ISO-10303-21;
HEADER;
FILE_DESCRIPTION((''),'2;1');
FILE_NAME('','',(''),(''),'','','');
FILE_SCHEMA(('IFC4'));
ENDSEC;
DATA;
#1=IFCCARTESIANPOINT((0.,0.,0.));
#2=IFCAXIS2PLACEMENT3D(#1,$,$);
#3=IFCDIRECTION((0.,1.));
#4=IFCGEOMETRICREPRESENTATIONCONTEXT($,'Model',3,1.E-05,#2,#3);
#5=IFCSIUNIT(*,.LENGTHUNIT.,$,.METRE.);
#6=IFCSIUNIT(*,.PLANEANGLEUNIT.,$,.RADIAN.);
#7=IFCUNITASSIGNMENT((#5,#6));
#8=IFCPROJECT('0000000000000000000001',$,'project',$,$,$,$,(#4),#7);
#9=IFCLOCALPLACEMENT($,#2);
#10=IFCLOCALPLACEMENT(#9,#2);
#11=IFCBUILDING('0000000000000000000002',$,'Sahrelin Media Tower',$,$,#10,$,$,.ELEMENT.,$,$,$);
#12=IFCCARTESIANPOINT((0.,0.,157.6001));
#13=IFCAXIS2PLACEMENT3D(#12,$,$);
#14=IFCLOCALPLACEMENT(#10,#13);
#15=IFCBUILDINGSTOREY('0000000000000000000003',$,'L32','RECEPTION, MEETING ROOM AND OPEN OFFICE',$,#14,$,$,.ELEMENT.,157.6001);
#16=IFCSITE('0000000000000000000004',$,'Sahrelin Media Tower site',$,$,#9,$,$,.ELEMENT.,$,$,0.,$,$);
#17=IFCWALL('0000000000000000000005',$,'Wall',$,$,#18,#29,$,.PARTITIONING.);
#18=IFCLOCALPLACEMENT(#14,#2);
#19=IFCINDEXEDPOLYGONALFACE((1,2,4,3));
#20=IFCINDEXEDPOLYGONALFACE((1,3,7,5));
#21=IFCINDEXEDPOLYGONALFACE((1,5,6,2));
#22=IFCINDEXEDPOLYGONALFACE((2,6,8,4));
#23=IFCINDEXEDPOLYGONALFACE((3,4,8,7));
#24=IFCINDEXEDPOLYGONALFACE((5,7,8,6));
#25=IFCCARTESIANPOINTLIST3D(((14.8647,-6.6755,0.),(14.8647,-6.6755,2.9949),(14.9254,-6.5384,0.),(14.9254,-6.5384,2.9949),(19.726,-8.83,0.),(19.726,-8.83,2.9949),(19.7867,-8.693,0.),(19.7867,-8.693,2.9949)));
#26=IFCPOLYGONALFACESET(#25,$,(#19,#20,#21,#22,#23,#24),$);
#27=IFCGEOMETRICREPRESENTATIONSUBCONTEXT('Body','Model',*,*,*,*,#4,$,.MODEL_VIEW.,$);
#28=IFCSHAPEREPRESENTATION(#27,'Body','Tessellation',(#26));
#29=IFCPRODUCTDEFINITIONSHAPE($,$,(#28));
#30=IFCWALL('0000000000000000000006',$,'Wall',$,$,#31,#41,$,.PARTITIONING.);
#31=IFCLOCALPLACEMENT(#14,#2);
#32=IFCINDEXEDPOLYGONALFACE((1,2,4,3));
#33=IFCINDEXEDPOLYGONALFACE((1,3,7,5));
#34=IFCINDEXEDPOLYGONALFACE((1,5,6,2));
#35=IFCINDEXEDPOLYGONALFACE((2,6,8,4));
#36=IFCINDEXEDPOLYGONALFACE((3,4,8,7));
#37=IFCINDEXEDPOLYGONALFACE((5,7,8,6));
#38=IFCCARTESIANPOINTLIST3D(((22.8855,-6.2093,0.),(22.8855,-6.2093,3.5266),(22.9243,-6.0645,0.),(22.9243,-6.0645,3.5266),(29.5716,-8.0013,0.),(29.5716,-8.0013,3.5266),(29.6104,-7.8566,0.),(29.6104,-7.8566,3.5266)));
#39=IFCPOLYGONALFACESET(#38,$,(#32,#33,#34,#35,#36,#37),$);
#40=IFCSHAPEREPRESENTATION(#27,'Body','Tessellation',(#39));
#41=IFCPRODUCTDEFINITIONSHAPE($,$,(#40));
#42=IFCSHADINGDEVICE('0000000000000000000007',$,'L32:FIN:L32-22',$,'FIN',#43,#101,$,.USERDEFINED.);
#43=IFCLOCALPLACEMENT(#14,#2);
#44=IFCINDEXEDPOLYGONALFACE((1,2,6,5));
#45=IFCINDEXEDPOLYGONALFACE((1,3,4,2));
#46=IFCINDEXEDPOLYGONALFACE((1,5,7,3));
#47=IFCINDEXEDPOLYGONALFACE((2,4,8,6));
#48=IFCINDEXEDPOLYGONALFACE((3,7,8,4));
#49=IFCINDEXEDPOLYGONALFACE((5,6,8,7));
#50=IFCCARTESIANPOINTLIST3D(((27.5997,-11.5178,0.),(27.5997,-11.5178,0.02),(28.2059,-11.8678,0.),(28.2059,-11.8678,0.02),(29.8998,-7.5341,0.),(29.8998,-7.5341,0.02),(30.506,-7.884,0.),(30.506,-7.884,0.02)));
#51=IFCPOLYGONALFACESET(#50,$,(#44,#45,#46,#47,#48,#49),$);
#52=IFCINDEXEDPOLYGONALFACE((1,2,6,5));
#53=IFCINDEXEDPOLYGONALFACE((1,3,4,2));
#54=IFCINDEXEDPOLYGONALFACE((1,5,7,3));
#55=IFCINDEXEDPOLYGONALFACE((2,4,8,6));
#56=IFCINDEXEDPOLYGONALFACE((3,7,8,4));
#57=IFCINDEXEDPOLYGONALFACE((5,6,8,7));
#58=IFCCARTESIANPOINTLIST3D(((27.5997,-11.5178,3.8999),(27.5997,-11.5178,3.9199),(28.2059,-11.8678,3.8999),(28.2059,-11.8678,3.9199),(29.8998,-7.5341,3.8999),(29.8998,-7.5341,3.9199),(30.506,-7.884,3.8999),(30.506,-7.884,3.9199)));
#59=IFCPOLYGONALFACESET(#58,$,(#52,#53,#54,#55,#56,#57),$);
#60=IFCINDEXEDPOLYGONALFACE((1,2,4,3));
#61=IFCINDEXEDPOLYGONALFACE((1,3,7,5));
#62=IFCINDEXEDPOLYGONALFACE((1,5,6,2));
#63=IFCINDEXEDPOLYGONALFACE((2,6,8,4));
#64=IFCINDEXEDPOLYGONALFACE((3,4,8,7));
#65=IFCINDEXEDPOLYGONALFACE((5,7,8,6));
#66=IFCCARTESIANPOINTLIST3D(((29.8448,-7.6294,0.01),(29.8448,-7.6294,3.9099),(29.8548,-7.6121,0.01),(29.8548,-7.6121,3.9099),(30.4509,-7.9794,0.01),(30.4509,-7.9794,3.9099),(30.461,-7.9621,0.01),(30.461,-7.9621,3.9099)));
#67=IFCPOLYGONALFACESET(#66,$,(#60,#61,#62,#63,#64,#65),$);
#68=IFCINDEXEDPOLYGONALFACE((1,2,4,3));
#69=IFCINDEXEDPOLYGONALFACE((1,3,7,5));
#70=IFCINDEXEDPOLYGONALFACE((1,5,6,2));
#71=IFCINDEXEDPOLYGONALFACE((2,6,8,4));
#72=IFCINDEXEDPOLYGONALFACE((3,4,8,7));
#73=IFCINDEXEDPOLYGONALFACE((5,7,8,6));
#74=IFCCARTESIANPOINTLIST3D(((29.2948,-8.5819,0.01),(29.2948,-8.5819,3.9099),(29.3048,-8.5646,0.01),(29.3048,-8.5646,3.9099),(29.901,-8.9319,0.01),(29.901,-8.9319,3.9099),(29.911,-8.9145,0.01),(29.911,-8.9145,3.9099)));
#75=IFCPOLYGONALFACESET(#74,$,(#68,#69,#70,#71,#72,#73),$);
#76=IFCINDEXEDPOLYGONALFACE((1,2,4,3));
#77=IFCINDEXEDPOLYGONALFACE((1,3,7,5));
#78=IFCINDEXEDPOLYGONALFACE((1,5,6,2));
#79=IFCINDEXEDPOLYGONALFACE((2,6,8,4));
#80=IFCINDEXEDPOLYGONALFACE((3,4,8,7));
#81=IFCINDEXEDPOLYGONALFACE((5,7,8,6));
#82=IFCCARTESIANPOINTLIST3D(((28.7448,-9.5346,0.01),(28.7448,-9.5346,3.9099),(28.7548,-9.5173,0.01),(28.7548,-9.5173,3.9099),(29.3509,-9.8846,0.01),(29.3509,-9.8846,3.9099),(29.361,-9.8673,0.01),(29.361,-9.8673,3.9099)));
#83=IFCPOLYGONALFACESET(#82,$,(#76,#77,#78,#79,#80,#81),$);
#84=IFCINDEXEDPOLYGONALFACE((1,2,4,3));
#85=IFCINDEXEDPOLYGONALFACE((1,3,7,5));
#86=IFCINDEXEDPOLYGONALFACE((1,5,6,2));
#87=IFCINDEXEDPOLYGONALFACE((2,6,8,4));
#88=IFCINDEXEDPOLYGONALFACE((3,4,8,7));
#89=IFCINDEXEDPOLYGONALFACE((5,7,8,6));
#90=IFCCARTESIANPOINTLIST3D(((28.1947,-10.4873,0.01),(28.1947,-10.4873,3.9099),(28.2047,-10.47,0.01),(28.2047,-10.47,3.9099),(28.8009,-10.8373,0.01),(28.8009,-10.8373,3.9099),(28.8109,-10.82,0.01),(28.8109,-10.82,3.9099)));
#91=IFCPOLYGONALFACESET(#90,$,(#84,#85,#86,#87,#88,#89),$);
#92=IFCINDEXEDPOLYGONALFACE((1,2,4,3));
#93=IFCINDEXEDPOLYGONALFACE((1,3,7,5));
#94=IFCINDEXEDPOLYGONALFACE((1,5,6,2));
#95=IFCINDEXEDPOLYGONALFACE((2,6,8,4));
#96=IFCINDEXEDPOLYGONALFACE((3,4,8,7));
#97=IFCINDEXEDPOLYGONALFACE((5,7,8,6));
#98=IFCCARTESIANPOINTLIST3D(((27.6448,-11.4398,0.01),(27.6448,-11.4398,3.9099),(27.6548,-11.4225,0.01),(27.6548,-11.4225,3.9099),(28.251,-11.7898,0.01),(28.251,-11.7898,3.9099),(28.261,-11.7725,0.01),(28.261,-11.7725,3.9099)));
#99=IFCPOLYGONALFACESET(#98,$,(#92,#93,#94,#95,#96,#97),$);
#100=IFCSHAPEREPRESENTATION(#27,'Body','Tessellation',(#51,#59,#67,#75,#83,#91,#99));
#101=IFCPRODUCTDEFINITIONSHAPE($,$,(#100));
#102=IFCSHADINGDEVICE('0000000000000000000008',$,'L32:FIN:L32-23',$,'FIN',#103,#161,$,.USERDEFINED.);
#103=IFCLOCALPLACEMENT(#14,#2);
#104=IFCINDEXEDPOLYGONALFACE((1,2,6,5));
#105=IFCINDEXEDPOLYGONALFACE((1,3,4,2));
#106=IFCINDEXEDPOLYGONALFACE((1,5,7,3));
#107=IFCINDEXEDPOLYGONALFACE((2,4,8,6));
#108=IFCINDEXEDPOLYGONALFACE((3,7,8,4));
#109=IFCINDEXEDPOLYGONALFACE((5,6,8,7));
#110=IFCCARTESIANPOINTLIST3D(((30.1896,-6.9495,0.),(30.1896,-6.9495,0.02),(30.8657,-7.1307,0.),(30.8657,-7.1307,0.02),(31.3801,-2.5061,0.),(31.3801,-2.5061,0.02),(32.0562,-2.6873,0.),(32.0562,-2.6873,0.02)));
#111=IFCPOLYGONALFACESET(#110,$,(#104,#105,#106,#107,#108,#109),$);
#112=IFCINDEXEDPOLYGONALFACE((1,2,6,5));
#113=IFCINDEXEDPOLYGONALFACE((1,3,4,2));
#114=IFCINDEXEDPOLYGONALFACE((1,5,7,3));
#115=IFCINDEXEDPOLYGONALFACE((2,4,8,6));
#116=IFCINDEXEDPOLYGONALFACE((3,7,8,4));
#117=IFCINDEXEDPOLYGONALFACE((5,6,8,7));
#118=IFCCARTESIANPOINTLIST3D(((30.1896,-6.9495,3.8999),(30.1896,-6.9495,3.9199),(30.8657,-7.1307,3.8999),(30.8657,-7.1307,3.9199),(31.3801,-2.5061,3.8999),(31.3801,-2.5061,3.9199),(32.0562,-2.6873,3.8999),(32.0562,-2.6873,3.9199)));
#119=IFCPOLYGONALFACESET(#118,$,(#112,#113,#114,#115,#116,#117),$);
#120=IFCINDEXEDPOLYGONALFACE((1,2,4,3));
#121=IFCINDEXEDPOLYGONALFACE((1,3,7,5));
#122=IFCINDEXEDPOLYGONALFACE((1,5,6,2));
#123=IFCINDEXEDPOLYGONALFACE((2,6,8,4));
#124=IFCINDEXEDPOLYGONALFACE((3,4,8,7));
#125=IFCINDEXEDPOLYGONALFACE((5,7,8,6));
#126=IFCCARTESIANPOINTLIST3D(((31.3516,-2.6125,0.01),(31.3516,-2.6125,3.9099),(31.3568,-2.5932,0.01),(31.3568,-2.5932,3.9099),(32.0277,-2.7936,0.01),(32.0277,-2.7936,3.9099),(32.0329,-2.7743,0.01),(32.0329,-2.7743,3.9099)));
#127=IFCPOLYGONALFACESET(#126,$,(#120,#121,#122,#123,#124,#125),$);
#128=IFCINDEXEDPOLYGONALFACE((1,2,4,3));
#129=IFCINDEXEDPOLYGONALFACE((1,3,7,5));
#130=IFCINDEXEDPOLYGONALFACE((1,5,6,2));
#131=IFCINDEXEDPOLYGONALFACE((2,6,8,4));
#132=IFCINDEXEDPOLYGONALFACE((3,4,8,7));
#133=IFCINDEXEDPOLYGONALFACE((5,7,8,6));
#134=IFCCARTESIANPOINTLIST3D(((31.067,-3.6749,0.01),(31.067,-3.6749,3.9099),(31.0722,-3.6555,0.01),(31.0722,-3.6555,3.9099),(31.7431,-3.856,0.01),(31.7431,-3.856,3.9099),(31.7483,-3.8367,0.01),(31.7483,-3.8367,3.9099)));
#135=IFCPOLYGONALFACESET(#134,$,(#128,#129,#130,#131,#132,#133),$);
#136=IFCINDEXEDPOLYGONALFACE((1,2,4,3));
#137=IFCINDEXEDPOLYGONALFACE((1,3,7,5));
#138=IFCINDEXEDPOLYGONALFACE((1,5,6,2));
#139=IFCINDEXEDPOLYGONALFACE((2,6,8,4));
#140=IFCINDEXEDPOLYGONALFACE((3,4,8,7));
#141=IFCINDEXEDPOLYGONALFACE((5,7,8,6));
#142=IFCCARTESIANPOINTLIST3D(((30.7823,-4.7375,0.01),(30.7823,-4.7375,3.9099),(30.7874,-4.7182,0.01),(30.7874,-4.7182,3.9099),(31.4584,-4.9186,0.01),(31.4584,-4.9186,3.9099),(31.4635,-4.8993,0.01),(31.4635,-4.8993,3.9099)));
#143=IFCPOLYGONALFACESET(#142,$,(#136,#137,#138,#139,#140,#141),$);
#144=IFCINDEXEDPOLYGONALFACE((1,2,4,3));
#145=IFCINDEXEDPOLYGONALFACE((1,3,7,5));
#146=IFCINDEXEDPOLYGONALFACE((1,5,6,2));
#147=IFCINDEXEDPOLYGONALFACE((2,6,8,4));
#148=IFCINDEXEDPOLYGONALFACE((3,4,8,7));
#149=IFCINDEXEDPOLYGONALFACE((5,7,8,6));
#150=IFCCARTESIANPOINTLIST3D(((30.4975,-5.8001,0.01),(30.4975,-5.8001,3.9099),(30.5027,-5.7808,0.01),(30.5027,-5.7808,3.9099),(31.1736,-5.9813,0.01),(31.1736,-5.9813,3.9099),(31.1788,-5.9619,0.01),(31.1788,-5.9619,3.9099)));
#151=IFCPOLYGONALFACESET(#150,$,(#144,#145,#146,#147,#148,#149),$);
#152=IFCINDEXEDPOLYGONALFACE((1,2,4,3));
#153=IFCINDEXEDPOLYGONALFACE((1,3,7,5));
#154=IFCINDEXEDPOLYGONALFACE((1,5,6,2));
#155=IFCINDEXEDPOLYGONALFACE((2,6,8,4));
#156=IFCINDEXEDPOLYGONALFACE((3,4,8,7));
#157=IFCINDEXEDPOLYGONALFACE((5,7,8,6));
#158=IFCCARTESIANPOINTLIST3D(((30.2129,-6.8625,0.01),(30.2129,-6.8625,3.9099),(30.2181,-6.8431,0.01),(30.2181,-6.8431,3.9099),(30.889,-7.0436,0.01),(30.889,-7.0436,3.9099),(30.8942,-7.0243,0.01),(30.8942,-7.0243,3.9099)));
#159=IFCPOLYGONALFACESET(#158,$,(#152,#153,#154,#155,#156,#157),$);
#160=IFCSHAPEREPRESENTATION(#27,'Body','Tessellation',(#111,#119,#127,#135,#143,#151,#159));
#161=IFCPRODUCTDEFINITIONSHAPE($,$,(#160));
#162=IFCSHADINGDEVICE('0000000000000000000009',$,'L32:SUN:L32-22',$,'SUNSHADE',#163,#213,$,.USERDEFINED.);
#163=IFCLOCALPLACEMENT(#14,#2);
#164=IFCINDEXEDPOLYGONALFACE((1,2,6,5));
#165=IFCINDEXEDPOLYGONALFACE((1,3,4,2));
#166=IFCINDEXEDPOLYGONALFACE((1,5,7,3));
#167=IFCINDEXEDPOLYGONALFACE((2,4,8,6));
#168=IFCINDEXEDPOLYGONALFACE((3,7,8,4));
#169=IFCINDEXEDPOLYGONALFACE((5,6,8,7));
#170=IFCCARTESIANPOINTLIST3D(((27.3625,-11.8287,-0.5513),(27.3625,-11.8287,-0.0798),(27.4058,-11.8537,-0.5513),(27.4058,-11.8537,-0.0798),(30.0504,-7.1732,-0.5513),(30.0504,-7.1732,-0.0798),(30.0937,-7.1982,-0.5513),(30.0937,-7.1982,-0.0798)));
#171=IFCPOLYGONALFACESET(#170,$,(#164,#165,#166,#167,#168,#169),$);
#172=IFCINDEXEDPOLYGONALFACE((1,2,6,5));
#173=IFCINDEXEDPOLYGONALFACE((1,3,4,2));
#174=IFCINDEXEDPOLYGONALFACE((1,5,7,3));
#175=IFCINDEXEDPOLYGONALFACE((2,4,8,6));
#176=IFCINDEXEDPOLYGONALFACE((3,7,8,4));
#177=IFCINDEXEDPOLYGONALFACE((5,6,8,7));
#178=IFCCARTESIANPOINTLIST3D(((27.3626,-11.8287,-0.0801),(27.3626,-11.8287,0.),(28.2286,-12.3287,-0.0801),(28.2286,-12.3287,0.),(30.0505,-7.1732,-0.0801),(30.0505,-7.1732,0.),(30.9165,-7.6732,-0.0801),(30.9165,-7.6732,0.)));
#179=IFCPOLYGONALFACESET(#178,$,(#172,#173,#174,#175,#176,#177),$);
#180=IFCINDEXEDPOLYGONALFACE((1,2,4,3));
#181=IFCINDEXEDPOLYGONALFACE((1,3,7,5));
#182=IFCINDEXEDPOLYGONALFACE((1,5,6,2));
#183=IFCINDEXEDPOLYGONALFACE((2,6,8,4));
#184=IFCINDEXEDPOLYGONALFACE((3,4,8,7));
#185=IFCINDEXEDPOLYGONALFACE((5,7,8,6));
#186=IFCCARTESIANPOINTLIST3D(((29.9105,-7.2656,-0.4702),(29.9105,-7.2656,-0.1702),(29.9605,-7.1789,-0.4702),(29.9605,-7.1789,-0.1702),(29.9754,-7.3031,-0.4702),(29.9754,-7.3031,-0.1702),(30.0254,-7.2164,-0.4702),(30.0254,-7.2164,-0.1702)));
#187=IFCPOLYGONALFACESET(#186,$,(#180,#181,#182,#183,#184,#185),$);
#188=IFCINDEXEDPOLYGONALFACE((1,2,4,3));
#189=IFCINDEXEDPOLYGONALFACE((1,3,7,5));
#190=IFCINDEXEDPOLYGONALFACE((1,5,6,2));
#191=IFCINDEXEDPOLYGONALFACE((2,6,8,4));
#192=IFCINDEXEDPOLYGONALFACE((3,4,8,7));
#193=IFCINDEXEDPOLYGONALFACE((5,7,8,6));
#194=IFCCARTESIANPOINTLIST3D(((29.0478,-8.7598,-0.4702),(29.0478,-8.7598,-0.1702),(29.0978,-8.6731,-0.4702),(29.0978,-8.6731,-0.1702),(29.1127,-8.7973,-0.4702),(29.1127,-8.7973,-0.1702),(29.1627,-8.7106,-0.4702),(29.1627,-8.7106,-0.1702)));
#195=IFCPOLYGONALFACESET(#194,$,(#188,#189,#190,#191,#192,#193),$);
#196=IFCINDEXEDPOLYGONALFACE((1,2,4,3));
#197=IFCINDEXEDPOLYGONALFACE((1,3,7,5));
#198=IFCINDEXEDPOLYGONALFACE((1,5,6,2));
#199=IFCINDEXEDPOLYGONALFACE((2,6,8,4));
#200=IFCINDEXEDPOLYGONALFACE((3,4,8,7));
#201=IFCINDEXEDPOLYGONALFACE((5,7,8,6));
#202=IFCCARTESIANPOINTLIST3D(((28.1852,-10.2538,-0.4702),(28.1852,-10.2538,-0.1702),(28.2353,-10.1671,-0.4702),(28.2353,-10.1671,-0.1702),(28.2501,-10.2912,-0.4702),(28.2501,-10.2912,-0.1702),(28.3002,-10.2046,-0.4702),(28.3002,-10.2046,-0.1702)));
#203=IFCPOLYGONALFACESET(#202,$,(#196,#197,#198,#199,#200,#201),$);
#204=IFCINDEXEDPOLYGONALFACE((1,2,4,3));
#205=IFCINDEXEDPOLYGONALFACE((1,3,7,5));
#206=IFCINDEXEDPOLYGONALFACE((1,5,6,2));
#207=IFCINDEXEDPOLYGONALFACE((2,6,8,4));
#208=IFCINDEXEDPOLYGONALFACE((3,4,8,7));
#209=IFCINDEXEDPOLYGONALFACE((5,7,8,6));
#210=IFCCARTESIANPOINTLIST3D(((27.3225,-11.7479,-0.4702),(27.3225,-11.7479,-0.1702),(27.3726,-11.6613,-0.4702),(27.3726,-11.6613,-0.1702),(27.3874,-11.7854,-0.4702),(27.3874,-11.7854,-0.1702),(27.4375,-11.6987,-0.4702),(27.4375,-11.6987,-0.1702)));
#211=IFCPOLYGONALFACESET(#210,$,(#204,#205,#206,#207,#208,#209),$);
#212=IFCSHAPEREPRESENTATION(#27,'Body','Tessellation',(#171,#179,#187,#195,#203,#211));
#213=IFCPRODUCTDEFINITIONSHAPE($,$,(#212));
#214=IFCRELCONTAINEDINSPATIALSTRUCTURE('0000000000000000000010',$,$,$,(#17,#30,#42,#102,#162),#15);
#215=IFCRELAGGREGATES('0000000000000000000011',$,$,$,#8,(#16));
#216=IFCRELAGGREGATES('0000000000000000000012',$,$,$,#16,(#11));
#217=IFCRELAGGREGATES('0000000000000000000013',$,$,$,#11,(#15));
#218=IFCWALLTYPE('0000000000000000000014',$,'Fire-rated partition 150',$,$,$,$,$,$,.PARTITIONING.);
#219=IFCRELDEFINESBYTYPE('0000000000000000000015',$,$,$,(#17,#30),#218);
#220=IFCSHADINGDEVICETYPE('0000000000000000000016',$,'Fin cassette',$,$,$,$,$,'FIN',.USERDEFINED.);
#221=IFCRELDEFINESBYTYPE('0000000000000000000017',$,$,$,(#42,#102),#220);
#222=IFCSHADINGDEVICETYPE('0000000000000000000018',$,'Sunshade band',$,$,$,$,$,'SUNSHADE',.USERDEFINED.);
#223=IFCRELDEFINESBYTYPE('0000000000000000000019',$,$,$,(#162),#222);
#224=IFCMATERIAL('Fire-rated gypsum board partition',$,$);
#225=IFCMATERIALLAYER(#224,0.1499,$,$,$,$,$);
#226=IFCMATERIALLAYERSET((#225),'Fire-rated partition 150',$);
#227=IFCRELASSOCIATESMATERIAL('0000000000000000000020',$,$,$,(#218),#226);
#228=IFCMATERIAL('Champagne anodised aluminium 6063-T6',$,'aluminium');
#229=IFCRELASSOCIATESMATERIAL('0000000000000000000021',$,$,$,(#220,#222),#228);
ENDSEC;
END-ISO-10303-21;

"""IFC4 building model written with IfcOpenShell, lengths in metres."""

from ifc_helpers import new_model, si_unit, direction, frame, frame_2d, origin, origin_2d, place, context, subcontext, project, spatial, rectangle, extrude, material, layer, layer_set, type_object, element, save


model = new_model("IFC4")

# Units and contexts
model_context = context("Model", 3, precision=1e-05, world=origin(), true_north=direction((0.0, 1.0)))
body_context = subcontext(model_context, "Body", "Model", "MODEL_VIEW")
ifc_project = project(units=[si_unit("LENGTHUNIT", "METRE"), si_unit("PLANEANGLEUNIT", "RADIAN")], contexts=[model_context])

# Site, building, storey
site_placement = place(None, origin())
site = spatial("IfcSite", under=ifc_project, at=site_placement, Name="Sahrelin Media Tower site", CompositionType="ELEMENT", RefElevation=0.0)
building_placement = place(site_placement, origin())
building = spatial("IfcBuilding", under=site, at=building_placement, Name="Sahrelin Media Tower", CompositionType="ELEMENT")
storey_placement = place(building_placement, frame((0.0, 0.0, 157.6001)))
storey = spatial("IfcBuildingStorey", under=building, at=storey_placement, Name="L32", Description="RECEPTION, MEETING ROOM AND OPEN OFFICE", CompositionType="ELEMENT", Elevation=157.6001)

# Shared definitions
ifc_material_1 = material(Name="Champagne anodised aluminium 6063-T6", Category="aluminium")

# Walls
ifc_material_2 = material(Name="Fire-rated gypsum board partition")
ifc_layer_1 = layer(ifc_material_2, 0.1499)
ifc_layer_set_1 = layer_set([ifc_layer_1], Name="Fire-rated partition 150")
wall_type_1 = type_object("IfcWallType", Name="Fire-rated partition 150", PredefinedType="PARTITIONING", material=ifc_layer_set_1)
wall_1_placement = place(storey_placement, frame((14.895, -6.6069, 0.0), z_axis=(0.0, 0.0, 1.0), x_axis=(0.914233, -0.405188, 0.0)))
element("IfcWall", 1, at=wall_1_placement, inside=storey, type_object=wall_type_1, Name="Wall", PredefinedType="PARTITIONING", context=body_context, shape_type="SweptSolid", body=[
    extrude(rectangle(XDim=5.3174, YDim=0.1499, at=frame_2d((2.6587, 0.0))), origin(), (0.0, 0.0, 1.0), 2.9949),
])
wall_2_placement = place(storey_placement, frame((22.905, -6.137, 0.0), z_axis=(0.0, 0.0, 1.0), x_axis=(0.965909, -0.258883, 0.0)))
element("IfcWall", 2, at=wall_2_placement, inside=storey, type_object=wall_type_1, Name="Wall", PredefinedType="PARTITIONING", context=body_context, shape_type="SweptSolid", body=[
    extrude(rectangle(XDim=6.9221, YDim=0.1499, at=frame_2d((3.4609, 0.0))), origin(), (0.0, 0.0, 1.0), 3.5266),
])

# Shading devices
shading_device_type_1 = type_object("IfcShadingDeviceType", Name="Fin cassette", ElementType="FIN", PredefinedType="USERDEFINED", material=ifc_material_1)
placement_1 = place(storey_placement, frame((28.6892, -9.491, 0.0), z_axis=(0.0, 0.0, 1.0), x_axis=(-0.500011, -0.866019, 0.0)))
element("IfcShadingDevice", 3, at=placement_1, inside=storey, type_object=shading_device_type_1, Name="L32:FIN:L32-22", ObjectType="FIN", PredefinedType="USERDEFINED", context=body_context, shape_type="SweptSolid", body=[
    extrude(rectangle(XDim=4.6001, YDim=0.7, at=origin_2d()), frame((0.0, 0.4199, 0.0)), (0.0, 0.0, 1.0), 0.02),
    extrude(rectangle(XDim=4.6001, YDim=0.7, at=origin_2d()), frame((0.0, 0.4199, 3.8999)), (0.0, 0.0, 1.0), 0.02),
    extrude(rectangle(XDim=0.02, YDim=0.7, at=origin_2d()), frame((-2.2, 0.4199, 0.01), z_axis=(0.0, 0.0, 1.0), x_axis=(1.0, 0.0, 0.0)), (0.0, 0.0, 1.0), 3.8999),
    extrude(rectangle(XDim=0.02, YDim=0.7, at=origin_2d()), frame((-1.1001, 0.4199, 0.01), z_axis=(0.0, 0.0, 1.0), x_axis=(1.0, 0.0, 0.0)), (0.0, 0.0, 1.0), 3.8999),
    extrude(rectangle(XDim=0.02, YDim=0.7, at=origin_2d()), frame((0.0, 0.4199, 0.01), z_axis=(0.0, 0.0, 1.0), x_axis=(1.0, 0.0, 0.0)), (0.0, 0.0, 1.0), 3.8999),
    extrude(rectangle(XDim=0.02, YDim=0.7, at=origin_2d()), frame((1.1001, 0.4199, 0.01), z_axis=(0.0, 0.0, 1.0), x_axis=(1.0, 0.0, 0.0)), (0.0, 0.0, 1.0), 3.8999),
    extrude(rectangle(XDim=0.02, YDim=0.7, at=origin_2d()), frame((2.2, 0.4199, 0.01), z_axis=(0.0, 0.0, 1.0), x_axis=(1.0, 0.0, 0.0)), (0.0, 0.0, 1.0), 3.8999),
])
placement_2 = place(storey_placement, frame((30.7173, -4.7097, 0.0), z_axis=(0.0, 0.0, 1.0), x_axis=(-0.258808, -0.965929, 0.0)))
element("IfcShadingDevice", 4, at=placement_2, inside=storey, type_object=shading_device_type_1, Name="L32:FIN:L32-23", ObjectType="FIN", PredefinedType="USERDEFINED", context=body_context, shape_type="SweptSolid", body=[
    extrude(rectangle(XDim=4.6001, YDim=0.7, at=origin_2d()), frame((0.0, 0.4199, 0.0)), (0.0, 0.0, 1.0), 0.02),
    extrude(rectangle(XDim=4.6001, YDim=0.7, at=origin_2d()), frame((0.0, 0.4199, 3.8999)), (0.0, 0.0, 1.0), 0.02),
    extrude(rectangle(XDim=0.02, YDim=0.7, at=origin_2d()), frame((-2.2, 0.4199, 0.01), z_axis=(0.0, 0.0, 1.0), x_axis=(1.0, 0.0, 0.0)), (0.0, 0.0, 1.0), 3.8999),
    extrude(rectangle(XDim=0.02, YDim=0.7, at=origin_2d()), frame((-1.1001, 0.4199, 0.01), z_axis=(0.0, 0.0, 1.0), x_axis=(1.0, 0.0, 0.0)), (0.0, 0.0, 1.0), 3.8999),
    extrude(rectangle(XDim=0.02, YDim=0.7, at=origin_2d()), frame((0.0, 0.4199, 0.01), z_axis=(0.0, 0.0, 1.0), x_axis=(1.0, 0.0, 0.0)), (0.0, 0.0, 1.0), 3.8999),
    extrude(rectangle(XDim=0.02, YDim=0.7, at=origin_2d()), frame((1.1001, 0.4199, 0.01), z_axis=(0.0, 0.0, 1.0), x_axis=(1.0, 0.0, 0.0)), (0.0, 0.0, 1.0), 3.8999),
    extrude(rectangle(XDim=0.02, YDim=0.7, at=origin_2d()), frame((2.2, 0.4199, 0.01), z_axis=(0.0, 0.0, 1.0), x_axis=(1.0, 0.0, 0.0)), (0.0, 0.0, 1.0), 3.8999),
])
shading_device_type_2 = type_object("IfcShadingDeviceType", Name="Sunshade band", ElementType="SUNSHADE", PredefinedType="USERDEFINED", material=ifc_material_1)
element("IfcShadingDevice", 5, at=placement_1, inside=storey, type_object=shading_device_type_2, Name="L32:SUN:L32-22", ObjectType="SUNSHADE", PredefinedType="USERDEFINED", context=body_context, shape_type="SweptSolid", body=[
    extrude(rectangle(XDim=5.3757, YDim=0.05, at=origin_2d()), frame((0.0, 0.0449, -0.5513)), (0.0, 0.0, 1.0), 0.4714),
    extrude(rectangle(XDim=5.3757, YDim=1.0, at=origin_2d()), frame((0.0, 0.52, -0.0801)), (0.0, 0.0, 1.0), 0.0801),
    extrude(rectangle(XDim=0.1001, YDim=0.075, at=origin_2d()), frame((-2.5879, -0.0176, -0.4702)), (0.0, 0.0, 1.0), 0.3),
    extrude(rectangle(XDim=0.1001, YDim=0.075, at=origin_2d()), frame((-0.8625, -0.0176, -0.4702)), (0.0, 0.0, 1.0), 0.3),
    extrude(rectangle(XDim=0.1001, YDim=0.075, at=origin_2d()), frame((0.8625, -0.0176, -0.4702)), (0.0, 0.0, 1.0), 0.3),
    extrude(rectangle(XDim=0.1001, YDim=0.075, at=origin_2d()), frame((2.5879, -0.0176, -0.4702)), (0.0, 0.0, 1.0), 0.3),
])

save(model, "model.ifc")
